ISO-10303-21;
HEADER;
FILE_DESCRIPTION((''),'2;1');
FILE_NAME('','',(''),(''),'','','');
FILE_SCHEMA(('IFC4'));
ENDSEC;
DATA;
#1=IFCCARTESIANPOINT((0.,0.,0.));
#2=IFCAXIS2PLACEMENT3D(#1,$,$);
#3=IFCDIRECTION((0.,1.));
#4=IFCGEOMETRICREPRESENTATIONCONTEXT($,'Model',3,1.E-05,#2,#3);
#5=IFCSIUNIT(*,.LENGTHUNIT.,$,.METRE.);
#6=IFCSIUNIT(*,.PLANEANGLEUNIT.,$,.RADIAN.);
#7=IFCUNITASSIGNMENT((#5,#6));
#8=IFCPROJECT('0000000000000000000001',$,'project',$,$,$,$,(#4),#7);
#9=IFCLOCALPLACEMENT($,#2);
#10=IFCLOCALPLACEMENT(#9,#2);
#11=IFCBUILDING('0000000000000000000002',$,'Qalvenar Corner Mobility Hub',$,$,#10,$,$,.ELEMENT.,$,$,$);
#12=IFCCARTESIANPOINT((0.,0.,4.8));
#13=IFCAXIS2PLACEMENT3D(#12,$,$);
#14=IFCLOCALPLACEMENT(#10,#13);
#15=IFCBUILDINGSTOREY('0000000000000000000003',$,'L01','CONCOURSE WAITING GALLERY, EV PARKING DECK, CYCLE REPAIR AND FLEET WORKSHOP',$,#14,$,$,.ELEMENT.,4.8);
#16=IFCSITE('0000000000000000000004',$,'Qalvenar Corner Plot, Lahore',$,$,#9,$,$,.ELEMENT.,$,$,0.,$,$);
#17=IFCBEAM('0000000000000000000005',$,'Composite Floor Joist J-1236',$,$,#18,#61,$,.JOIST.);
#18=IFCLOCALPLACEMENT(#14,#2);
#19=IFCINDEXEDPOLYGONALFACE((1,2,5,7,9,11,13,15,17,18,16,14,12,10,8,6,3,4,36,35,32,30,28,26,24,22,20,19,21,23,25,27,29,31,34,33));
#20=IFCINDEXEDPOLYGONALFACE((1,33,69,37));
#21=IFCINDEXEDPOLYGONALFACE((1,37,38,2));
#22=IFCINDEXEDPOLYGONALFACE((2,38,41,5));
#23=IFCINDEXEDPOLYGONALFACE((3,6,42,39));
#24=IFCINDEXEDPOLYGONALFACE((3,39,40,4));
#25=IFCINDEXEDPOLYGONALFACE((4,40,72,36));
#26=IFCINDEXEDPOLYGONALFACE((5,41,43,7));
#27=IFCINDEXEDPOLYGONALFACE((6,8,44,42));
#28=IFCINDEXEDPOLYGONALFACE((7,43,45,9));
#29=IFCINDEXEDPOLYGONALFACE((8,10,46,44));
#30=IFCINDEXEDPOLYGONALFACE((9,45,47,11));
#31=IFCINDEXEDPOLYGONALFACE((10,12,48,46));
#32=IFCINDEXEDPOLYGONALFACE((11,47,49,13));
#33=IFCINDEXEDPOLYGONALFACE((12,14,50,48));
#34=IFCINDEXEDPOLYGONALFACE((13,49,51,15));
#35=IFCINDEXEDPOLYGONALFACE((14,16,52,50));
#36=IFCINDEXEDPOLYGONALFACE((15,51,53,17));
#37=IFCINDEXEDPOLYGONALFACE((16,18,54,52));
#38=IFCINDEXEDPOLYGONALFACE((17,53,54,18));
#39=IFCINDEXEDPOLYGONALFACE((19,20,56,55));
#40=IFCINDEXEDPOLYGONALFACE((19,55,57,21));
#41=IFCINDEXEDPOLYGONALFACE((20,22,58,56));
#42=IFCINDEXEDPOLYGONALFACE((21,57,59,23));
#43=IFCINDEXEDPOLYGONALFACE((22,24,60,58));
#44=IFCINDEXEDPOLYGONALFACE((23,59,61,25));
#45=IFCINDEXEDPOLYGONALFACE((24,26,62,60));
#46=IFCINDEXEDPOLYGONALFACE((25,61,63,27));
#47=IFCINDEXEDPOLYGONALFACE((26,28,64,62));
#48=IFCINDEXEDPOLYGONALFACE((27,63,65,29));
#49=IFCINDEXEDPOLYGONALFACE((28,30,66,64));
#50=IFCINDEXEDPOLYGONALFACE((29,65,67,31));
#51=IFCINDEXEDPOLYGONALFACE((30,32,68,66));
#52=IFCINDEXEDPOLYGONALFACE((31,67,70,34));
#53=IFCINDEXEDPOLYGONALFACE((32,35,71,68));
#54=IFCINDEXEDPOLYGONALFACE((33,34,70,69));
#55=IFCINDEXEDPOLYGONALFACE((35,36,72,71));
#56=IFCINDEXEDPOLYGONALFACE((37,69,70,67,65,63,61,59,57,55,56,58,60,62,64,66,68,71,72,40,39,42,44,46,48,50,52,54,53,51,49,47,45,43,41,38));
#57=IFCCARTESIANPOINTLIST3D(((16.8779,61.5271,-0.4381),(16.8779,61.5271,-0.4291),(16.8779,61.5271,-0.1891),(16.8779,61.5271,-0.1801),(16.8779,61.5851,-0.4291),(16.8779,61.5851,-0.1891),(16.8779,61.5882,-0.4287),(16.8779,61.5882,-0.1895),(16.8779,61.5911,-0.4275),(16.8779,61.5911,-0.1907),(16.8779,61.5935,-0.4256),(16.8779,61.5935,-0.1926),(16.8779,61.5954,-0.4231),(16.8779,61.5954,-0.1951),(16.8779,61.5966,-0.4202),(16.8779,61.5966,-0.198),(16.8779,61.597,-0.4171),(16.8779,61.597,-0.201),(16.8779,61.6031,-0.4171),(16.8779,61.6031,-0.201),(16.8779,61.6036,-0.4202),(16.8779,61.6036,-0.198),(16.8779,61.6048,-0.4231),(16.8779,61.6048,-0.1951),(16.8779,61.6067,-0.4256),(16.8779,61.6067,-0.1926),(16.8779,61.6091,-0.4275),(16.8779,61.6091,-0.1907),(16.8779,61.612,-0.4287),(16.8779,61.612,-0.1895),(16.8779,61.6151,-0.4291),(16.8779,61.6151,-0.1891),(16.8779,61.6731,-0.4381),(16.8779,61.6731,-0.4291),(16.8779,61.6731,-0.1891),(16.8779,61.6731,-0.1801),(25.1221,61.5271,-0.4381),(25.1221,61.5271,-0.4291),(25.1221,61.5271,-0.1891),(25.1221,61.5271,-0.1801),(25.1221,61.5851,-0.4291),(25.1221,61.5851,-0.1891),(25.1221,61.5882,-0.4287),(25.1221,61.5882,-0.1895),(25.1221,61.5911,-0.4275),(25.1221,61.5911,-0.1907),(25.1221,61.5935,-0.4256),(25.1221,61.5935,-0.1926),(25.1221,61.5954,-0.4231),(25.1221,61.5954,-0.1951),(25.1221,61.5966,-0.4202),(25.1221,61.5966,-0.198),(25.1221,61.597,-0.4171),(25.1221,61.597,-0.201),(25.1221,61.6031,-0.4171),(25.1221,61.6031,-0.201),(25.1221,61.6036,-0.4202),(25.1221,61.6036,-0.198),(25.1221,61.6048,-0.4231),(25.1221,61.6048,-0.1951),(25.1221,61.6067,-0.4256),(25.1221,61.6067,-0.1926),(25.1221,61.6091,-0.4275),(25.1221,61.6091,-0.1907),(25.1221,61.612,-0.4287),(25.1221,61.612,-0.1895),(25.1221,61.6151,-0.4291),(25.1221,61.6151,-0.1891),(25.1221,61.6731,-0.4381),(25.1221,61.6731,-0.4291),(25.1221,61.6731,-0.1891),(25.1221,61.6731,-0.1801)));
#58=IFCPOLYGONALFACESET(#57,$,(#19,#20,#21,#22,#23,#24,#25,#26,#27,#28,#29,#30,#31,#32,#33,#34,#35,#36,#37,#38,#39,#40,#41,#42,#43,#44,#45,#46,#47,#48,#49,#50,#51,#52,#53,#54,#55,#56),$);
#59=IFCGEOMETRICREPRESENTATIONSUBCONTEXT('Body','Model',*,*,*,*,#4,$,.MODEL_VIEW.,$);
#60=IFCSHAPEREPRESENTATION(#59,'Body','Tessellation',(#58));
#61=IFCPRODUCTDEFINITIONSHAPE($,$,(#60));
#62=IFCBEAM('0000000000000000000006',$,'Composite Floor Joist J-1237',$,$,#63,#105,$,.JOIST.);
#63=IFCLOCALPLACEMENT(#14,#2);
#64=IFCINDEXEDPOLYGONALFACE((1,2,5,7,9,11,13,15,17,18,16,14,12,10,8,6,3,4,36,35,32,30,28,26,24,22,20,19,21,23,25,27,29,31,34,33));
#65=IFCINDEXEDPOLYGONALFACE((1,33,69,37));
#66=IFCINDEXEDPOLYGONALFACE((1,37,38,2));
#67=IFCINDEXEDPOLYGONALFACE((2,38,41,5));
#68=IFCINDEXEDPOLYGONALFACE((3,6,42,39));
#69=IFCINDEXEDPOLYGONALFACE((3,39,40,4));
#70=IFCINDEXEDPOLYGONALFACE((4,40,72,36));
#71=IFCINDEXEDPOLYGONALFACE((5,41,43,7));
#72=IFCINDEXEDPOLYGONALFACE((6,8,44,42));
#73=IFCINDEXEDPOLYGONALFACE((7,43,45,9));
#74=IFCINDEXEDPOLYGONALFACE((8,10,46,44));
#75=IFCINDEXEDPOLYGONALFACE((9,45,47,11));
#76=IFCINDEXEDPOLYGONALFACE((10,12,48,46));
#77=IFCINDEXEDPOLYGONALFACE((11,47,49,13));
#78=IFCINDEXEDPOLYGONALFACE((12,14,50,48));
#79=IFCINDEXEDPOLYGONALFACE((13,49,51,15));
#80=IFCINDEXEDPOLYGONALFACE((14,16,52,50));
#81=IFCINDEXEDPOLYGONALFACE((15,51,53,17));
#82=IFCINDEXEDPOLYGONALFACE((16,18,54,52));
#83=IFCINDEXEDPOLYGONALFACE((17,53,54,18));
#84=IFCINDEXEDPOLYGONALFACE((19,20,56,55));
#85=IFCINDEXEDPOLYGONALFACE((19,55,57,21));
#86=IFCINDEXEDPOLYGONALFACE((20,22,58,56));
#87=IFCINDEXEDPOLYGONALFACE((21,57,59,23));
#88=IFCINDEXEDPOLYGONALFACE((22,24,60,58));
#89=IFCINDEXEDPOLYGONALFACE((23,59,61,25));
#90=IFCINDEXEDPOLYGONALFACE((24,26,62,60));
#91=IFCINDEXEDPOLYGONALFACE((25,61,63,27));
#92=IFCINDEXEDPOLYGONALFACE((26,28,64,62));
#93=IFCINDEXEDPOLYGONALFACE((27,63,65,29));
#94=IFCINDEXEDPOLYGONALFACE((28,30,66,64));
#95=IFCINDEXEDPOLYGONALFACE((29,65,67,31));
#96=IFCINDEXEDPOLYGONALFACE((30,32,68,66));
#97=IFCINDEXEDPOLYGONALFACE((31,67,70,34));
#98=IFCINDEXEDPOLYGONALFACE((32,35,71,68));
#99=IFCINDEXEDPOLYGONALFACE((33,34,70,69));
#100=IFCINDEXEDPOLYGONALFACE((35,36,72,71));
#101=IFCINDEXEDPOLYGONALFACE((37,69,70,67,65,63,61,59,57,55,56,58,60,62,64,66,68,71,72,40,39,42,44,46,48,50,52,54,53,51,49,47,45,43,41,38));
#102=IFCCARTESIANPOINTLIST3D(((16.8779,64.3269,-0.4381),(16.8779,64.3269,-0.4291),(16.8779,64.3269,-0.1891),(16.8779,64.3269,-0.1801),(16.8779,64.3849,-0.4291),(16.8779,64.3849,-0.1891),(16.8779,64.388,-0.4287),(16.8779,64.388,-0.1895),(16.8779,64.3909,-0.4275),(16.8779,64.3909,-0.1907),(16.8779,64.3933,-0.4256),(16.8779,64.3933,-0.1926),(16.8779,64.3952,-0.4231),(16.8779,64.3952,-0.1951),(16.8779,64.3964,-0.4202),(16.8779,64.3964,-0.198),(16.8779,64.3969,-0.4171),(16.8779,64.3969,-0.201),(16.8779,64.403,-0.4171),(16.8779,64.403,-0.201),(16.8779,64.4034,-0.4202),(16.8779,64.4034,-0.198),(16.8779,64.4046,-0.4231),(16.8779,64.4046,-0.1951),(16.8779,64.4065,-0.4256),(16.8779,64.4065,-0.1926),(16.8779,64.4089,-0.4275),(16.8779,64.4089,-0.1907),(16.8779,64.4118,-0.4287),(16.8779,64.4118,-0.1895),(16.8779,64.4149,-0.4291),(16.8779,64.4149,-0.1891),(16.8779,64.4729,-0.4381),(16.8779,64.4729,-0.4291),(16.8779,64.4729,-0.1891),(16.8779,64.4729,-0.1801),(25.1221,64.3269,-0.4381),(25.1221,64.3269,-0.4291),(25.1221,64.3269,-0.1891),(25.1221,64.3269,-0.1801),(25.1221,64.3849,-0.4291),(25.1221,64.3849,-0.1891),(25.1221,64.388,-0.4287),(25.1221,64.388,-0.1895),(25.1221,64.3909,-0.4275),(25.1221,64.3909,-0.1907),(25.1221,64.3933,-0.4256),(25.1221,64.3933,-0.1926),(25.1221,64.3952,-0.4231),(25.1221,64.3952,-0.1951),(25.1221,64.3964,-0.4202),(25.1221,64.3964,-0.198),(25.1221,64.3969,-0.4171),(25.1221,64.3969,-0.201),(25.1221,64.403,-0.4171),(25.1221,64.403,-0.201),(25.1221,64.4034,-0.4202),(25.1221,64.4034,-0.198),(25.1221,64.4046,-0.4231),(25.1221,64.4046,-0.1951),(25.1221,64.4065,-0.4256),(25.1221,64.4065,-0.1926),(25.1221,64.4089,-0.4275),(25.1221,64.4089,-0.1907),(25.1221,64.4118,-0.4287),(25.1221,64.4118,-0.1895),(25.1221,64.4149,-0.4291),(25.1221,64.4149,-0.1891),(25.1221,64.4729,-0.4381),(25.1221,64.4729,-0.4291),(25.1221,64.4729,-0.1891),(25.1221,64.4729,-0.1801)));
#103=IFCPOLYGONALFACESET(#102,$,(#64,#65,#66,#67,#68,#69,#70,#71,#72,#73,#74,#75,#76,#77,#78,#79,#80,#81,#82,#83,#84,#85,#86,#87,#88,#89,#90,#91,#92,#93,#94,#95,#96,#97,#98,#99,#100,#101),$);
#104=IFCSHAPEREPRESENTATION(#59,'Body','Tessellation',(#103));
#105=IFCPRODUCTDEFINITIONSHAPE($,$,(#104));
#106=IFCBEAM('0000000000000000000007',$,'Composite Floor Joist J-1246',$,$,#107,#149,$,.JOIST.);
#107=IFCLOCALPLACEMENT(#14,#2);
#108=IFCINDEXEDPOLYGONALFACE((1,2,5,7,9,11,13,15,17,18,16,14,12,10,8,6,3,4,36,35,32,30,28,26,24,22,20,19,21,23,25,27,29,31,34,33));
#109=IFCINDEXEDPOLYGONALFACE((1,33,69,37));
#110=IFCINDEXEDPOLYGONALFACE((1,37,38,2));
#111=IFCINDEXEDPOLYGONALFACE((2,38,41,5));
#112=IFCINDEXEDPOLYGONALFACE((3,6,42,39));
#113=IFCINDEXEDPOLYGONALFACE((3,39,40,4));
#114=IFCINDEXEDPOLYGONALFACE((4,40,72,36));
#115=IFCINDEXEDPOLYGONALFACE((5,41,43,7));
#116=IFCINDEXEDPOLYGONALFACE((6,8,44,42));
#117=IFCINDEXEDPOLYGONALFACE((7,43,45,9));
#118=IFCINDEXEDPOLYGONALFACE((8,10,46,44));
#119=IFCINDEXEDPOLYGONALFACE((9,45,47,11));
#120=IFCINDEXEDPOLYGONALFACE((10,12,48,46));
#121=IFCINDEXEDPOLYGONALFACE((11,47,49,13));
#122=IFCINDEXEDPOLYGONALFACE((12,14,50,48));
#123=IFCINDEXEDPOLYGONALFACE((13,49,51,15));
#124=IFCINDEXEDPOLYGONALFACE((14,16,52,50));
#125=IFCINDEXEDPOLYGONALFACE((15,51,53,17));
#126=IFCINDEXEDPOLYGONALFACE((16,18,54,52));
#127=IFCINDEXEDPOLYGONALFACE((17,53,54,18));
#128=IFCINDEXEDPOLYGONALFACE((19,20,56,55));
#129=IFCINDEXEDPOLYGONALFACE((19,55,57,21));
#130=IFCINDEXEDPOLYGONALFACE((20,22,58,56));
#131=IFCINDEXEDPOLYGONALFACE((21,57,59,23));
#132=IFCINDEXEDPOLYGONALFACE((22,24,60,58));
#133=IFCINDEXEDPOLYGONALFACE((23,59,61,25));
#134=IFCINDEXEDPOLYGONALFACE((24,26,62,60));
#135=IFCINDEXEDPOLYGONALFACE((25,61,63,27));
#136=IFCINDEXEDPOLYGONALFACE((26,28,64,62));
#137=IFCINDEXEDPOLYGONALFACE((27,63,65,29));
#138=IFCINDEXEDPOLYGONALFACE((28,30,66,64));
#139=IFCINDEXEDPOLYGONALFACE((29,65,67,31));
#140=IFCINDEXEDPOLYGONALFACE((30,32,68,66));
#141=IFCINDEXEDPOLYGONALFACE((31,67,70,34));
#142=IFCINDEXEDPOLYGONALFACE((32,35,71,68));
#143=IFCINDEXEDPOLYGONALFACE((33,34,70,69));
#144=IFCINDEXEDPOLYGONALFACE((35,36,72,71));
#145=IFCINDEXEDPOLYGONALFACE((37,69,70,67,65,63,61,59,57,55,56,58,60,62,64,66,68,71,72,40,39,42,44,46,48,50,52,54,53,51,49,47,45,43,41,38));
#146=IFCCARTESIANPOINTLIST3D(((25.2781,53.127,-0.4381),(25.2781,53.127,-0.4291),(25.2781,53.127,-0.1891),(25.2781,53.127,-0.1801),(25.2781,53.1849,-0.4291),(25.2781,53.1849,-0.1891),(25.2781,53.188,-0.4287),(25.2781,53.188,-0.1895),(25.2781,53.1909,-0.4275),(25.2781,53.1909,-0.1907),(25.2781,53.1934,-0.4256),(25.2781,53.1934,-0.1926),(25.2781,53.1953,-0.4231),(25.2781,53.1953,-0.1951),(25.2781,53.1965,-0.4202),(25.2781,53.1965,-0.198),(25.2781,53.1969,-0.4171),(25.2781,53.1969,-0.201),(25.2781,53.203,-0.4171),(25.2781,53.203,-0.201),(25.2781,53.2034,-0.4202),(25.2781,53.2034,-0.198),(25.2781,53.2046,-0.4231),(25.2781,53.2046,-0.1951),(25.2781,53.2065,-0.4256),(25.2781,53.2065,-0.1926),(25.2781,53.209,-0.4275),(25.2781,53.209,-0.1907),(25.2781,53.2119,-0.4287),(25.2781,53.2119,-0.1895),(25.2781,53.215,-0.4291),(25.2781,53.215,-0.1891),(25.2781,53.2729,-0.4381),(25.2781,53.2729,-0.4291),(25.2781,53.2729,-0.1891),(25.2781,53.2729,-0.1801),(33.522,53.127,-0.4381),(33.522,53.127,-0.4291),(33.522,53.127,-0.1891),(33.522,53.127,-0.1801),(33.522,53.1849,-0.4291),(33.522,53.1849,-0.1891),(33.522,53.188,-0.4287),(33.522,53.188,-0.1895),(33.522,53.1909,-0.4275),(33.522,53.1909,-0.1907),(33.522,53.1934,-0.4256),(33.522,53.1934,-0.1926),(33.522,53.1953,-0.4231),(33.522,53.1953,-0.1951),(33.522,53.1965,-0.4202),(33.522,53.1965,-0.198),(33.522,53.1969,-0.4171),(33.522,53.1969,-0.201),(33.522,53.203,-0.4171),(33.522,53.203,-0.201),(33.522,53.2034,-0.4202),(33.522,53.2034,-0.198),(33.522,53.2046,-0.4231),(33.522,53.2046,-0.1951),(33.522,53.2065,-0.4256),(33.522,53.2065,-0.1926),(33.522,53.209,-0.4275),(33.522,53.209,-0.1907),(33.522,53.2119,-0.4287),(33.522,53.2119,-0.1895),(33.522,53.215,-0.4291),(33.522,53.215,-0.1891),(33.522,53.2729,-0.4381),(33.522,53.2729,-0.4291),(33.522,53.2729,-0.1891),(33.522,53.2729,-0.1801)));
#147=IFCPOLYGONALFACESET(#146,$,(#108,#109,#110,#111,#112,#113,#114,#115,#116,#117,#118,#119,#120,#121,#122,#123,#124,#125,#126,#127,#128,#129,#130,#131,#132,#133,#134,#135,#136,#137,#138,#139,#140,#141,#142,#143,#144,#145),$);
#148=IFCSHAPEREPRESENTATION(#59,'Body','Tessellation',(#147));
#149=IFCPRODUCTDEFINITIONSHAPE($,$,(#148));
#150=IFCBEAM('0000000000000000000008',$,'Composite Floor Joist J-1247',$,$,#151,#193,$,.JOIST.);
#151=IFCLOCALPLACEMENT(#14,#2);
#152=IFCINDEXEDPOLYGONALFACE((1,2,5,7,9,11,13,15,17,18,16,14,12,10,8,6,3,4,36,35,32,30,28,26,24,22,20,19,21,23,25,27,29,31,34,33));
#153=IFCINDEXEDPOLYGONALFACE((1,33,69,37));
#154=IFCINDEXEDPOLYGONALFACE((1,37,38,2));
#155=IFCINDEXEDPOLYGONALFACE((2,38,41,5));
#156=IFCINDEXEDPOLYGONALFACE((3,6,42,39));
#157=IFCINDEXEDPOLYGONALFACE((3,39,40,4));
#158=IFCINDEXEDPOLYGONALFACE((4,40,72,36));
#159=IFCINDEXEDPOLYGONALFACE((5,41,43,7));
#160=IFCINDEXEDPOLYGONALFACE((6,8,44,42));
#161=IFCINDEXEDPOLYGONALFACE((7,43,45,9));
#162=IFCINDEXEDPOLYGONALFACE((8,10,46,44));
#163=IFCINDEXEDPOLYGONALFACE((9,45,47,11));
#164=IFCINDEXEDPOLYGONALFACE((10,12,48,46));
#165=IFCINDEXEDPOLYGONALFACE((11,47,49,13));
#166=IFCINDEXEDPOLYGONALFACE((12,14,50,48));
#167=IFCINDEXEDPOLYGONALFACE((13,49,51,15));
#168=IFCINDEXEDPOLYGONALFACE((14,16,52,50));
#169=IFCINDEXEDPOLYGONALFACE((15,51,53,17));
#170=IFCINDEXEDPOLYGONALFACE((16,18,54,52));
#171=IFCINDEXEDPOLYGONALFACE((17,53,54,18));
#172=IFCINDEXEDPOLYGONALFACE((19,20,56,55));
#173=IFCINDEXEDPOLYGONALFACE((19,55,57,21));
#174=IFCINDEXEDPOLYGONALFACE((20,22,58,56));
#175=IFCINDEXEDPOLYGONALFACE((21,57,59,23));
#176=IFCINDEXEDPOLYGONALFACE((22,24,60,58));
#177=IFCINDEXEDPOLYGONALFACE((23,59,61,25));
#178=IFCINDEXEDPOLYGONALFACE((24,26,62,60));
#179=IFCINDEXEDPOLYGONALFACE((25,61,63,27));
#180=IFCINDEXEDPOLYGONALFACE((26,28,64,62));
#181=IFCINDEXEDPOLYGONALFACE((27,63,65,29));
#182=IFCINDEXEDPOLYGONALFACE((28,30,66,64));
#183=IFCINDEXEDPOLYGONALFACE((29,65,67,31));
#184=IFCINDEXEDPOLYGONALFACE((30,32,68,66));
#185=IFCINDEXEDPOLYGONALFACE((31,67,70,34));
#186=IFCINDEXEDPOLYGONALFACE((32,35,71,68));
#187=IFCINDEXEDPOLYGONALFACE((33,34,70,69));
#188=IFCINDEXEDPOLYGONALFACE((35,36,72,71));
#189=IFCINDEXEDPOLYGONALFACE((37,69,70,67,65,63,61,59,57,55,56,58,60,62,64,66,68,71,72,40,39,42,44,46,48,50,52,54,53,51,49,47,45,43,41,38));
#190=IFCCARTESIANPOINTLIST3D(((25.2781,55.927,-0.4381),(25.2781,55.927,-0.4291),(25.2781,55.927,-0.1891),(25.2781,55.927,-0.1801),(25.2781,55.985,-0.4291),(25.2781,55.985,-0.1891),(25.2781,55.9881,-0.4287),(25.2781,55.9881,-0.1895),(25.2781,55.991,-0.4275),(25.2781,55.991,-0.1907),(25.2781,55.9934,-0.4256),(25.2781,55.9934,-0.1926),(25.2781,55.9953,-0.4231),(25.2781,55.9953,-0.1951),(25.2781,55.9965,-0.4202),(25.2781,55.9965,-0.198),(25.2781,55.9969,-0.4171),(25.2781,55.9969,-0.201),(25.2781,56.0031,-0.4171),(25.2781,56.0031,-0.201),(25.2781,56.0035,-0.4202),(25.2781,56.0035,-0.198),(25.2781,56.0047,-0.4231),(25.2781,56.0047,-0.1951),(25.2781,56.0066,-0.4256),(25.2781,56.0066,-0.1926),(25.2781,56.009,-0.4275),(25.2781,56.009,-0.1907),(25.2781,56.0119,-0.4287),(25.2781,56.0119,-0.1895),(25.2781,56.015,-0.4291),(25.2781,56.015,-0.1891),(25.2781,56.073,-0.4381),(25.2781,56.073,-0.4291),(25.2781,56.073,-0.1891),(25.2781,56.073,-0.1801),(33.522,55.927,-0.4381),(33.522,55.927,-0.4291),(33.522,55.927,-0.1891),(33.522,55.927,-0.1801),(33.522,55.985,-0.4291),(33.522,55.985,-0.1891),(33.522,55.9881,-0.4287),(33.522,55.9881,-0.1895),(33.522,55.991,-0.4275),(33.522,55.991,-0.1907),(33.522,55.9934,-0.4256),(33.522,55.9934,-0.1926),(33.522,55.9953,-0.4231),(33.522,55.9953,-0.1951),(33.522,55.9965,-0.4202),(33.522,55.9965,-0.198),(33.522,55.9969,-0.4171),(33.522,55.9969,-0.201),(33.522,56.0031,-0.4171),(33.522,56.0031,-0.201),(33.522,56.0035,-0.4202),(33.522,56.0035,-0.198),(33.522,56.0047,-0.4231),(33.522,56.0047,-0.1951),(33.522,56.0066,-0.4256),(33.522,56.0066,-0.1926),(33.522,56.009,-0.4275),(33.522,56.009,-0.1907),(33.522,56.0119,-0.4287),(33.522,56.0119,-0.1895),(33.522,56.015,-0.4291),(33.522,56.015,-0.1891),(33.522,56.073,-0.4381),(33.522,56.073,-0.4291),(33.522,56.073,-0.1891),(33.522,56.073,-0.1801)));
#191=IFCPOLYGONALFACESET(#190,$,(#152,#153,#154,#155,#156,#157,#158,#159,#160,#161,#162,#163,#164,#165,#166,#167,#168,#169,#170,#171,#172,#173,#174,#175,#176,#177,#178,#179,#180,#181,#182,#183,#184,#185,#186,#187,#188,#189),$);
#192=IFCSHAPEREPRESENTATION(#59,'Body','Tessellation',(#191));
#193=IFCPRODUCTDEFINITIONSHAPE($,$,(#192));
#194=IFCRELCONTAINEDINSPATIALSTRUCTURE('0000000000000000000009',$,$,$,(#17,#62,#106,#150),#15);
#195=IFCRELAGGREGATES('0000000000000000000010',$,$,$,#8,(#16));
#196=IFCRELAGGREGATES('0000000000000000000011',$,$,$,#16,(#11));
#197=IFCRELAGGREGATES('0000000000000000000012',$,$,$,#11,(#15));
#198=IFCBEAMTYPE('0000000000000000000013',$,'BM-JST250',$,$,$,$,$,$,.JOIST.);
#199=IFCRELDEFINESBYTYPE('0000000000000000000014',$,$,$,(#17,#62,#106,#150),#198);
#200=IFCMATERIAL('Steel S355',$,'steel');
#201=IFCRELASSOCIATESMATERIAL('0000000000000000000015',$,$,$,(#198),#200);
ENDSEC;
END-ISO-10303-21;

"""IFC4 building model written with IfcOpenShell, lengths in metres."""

from ifc_helpers import new_model, si_unit, direction, frame, origin, origin_2d, place, context, subcontext, project, spatial, i_section, extrude, material, material_profile, profile_set, type_object, element, save


model = new_model("IFC4")

# Units and contexts
model_context = context("Model", 3, precision=1e-05, world=origin(), true_north=direction((0.0, 1.0)))
body_context = subcontext(model_context, "Body", "Model", "MODEL_VIEW")
ifc_project = project(units=[si_unit("LENGTHUNIT", "METRE"), si_unit("PLANEANGLEUNIT", "RADIAN")], contexts=[model_context])

# Site, building, storey
site_placement = place(None, origin())
site = spatial("IfcSite", under=ifc_project, at=site_placement, Name="Qalvenar Corner Plot, Lahore", CompositionType="ELEMENT", RefElevation=0.0)
building_placement = place(site_placement, origin())
building = spatial("IfcBuilding", under=site, at=building_placement, Name="Qalvenar Corner Mobility Hub", CompositionType="ELEMENT")
storey_placement = place(building_placement, frame((0.0, 0.0, 4.8)))
storey = spatial("IfcBuildingStorey", under=building, at=storey_placement, Name="L01", Description="CONCOURSE WAITING GALLERY, EV PARKING DECK, CYCLE REPAIR AND FLEET WORKSHOP", CompositionType="ELEMENT", Elevation=4.8)

# Shared definitions
ifc_material_1 = material(Name="Steel S355", Category="steel")

# Beams
ifc_material_profile_1 = material_profile(ifc_material_1, i_section(OverallWidth=0.146, OverallDepth=0.2581, WebThickness=0.0061, FlangeThickness=0.009, FilletRadius=0.012, at=origin_2d()), Name="W250x32.7")
ifc_profile_set_1 = profile_set([ifc_material_profile_1], Name="Steel S355")
beam_type_1 = type_object("IfcBeamType", Name="BM-JST250", PredefinedType="JOIST", material=ifc_profile_set_1)
for number, where, z_axis, x_axis, name in (
    (1, (16.8779, 61.6001, -0.3091), (1.0, 0.0, 0.0), (0.0, 1.0, 0.0), "Composite Floor Joist J-1236"),
    (2, (16.8779, 64.3999, -0.3091), (1.0, 0.0, 0.0), (0.0, 1.0, 0.0), "Composite Floor Joist J-1237"),
):
    element("IfcBeam", number, at=place(storey_placement, frame(where, z_axis=z_axis, x_axis=x_axis)), inside=storey, type_object=beam_type_1, Name=name, PredefinedType="JOIST", context=body_context, shape_type="SweptSolid", body=[
        extrude(i_section(OverallWidth=0.146, OverallDepth=0.2581, WebThickness=0.0061, FlangeThickness=0.009, FilletRadius=0.012, at=origin_2d()), origin(), (0.0, 0.0, 1.0), 8.2441),
    ])
for number, where, z_axis, x_axis, name in (
    (3, (25.2781, 53.2, -0.3091), (1.0, 0.0, 0.0), (0.0, 1.0, 0.0), "Composite Floor Joist J-1246"),
    (4, (25.2781, 56.0, -0.3091), (1.0, 0.0, 0.0), (0.0, 1.0, 0.0), "Composite Floor Joist J-1247"),
):
    element("IfcBeam", number, at=place(storey_placement, frame(where, z_axis=z_axis, x_axis=x_axis)), inside=storey, type_object=beam_type_1, Name=name, PredefinedType="JOIST", context=body_context, shape_type="SweptSolid", body=[
        extrude(i_section(OverallWidth=0.146, OverallDepth=0.2581, WebThickness=0.0061, FlangeThickness=0.009, FilletRadius=0.012, at=origin_2d()), origin(), (0.0, 0.0, 1.0), 8.2439),
    ])

save(model, "model.ifc")
